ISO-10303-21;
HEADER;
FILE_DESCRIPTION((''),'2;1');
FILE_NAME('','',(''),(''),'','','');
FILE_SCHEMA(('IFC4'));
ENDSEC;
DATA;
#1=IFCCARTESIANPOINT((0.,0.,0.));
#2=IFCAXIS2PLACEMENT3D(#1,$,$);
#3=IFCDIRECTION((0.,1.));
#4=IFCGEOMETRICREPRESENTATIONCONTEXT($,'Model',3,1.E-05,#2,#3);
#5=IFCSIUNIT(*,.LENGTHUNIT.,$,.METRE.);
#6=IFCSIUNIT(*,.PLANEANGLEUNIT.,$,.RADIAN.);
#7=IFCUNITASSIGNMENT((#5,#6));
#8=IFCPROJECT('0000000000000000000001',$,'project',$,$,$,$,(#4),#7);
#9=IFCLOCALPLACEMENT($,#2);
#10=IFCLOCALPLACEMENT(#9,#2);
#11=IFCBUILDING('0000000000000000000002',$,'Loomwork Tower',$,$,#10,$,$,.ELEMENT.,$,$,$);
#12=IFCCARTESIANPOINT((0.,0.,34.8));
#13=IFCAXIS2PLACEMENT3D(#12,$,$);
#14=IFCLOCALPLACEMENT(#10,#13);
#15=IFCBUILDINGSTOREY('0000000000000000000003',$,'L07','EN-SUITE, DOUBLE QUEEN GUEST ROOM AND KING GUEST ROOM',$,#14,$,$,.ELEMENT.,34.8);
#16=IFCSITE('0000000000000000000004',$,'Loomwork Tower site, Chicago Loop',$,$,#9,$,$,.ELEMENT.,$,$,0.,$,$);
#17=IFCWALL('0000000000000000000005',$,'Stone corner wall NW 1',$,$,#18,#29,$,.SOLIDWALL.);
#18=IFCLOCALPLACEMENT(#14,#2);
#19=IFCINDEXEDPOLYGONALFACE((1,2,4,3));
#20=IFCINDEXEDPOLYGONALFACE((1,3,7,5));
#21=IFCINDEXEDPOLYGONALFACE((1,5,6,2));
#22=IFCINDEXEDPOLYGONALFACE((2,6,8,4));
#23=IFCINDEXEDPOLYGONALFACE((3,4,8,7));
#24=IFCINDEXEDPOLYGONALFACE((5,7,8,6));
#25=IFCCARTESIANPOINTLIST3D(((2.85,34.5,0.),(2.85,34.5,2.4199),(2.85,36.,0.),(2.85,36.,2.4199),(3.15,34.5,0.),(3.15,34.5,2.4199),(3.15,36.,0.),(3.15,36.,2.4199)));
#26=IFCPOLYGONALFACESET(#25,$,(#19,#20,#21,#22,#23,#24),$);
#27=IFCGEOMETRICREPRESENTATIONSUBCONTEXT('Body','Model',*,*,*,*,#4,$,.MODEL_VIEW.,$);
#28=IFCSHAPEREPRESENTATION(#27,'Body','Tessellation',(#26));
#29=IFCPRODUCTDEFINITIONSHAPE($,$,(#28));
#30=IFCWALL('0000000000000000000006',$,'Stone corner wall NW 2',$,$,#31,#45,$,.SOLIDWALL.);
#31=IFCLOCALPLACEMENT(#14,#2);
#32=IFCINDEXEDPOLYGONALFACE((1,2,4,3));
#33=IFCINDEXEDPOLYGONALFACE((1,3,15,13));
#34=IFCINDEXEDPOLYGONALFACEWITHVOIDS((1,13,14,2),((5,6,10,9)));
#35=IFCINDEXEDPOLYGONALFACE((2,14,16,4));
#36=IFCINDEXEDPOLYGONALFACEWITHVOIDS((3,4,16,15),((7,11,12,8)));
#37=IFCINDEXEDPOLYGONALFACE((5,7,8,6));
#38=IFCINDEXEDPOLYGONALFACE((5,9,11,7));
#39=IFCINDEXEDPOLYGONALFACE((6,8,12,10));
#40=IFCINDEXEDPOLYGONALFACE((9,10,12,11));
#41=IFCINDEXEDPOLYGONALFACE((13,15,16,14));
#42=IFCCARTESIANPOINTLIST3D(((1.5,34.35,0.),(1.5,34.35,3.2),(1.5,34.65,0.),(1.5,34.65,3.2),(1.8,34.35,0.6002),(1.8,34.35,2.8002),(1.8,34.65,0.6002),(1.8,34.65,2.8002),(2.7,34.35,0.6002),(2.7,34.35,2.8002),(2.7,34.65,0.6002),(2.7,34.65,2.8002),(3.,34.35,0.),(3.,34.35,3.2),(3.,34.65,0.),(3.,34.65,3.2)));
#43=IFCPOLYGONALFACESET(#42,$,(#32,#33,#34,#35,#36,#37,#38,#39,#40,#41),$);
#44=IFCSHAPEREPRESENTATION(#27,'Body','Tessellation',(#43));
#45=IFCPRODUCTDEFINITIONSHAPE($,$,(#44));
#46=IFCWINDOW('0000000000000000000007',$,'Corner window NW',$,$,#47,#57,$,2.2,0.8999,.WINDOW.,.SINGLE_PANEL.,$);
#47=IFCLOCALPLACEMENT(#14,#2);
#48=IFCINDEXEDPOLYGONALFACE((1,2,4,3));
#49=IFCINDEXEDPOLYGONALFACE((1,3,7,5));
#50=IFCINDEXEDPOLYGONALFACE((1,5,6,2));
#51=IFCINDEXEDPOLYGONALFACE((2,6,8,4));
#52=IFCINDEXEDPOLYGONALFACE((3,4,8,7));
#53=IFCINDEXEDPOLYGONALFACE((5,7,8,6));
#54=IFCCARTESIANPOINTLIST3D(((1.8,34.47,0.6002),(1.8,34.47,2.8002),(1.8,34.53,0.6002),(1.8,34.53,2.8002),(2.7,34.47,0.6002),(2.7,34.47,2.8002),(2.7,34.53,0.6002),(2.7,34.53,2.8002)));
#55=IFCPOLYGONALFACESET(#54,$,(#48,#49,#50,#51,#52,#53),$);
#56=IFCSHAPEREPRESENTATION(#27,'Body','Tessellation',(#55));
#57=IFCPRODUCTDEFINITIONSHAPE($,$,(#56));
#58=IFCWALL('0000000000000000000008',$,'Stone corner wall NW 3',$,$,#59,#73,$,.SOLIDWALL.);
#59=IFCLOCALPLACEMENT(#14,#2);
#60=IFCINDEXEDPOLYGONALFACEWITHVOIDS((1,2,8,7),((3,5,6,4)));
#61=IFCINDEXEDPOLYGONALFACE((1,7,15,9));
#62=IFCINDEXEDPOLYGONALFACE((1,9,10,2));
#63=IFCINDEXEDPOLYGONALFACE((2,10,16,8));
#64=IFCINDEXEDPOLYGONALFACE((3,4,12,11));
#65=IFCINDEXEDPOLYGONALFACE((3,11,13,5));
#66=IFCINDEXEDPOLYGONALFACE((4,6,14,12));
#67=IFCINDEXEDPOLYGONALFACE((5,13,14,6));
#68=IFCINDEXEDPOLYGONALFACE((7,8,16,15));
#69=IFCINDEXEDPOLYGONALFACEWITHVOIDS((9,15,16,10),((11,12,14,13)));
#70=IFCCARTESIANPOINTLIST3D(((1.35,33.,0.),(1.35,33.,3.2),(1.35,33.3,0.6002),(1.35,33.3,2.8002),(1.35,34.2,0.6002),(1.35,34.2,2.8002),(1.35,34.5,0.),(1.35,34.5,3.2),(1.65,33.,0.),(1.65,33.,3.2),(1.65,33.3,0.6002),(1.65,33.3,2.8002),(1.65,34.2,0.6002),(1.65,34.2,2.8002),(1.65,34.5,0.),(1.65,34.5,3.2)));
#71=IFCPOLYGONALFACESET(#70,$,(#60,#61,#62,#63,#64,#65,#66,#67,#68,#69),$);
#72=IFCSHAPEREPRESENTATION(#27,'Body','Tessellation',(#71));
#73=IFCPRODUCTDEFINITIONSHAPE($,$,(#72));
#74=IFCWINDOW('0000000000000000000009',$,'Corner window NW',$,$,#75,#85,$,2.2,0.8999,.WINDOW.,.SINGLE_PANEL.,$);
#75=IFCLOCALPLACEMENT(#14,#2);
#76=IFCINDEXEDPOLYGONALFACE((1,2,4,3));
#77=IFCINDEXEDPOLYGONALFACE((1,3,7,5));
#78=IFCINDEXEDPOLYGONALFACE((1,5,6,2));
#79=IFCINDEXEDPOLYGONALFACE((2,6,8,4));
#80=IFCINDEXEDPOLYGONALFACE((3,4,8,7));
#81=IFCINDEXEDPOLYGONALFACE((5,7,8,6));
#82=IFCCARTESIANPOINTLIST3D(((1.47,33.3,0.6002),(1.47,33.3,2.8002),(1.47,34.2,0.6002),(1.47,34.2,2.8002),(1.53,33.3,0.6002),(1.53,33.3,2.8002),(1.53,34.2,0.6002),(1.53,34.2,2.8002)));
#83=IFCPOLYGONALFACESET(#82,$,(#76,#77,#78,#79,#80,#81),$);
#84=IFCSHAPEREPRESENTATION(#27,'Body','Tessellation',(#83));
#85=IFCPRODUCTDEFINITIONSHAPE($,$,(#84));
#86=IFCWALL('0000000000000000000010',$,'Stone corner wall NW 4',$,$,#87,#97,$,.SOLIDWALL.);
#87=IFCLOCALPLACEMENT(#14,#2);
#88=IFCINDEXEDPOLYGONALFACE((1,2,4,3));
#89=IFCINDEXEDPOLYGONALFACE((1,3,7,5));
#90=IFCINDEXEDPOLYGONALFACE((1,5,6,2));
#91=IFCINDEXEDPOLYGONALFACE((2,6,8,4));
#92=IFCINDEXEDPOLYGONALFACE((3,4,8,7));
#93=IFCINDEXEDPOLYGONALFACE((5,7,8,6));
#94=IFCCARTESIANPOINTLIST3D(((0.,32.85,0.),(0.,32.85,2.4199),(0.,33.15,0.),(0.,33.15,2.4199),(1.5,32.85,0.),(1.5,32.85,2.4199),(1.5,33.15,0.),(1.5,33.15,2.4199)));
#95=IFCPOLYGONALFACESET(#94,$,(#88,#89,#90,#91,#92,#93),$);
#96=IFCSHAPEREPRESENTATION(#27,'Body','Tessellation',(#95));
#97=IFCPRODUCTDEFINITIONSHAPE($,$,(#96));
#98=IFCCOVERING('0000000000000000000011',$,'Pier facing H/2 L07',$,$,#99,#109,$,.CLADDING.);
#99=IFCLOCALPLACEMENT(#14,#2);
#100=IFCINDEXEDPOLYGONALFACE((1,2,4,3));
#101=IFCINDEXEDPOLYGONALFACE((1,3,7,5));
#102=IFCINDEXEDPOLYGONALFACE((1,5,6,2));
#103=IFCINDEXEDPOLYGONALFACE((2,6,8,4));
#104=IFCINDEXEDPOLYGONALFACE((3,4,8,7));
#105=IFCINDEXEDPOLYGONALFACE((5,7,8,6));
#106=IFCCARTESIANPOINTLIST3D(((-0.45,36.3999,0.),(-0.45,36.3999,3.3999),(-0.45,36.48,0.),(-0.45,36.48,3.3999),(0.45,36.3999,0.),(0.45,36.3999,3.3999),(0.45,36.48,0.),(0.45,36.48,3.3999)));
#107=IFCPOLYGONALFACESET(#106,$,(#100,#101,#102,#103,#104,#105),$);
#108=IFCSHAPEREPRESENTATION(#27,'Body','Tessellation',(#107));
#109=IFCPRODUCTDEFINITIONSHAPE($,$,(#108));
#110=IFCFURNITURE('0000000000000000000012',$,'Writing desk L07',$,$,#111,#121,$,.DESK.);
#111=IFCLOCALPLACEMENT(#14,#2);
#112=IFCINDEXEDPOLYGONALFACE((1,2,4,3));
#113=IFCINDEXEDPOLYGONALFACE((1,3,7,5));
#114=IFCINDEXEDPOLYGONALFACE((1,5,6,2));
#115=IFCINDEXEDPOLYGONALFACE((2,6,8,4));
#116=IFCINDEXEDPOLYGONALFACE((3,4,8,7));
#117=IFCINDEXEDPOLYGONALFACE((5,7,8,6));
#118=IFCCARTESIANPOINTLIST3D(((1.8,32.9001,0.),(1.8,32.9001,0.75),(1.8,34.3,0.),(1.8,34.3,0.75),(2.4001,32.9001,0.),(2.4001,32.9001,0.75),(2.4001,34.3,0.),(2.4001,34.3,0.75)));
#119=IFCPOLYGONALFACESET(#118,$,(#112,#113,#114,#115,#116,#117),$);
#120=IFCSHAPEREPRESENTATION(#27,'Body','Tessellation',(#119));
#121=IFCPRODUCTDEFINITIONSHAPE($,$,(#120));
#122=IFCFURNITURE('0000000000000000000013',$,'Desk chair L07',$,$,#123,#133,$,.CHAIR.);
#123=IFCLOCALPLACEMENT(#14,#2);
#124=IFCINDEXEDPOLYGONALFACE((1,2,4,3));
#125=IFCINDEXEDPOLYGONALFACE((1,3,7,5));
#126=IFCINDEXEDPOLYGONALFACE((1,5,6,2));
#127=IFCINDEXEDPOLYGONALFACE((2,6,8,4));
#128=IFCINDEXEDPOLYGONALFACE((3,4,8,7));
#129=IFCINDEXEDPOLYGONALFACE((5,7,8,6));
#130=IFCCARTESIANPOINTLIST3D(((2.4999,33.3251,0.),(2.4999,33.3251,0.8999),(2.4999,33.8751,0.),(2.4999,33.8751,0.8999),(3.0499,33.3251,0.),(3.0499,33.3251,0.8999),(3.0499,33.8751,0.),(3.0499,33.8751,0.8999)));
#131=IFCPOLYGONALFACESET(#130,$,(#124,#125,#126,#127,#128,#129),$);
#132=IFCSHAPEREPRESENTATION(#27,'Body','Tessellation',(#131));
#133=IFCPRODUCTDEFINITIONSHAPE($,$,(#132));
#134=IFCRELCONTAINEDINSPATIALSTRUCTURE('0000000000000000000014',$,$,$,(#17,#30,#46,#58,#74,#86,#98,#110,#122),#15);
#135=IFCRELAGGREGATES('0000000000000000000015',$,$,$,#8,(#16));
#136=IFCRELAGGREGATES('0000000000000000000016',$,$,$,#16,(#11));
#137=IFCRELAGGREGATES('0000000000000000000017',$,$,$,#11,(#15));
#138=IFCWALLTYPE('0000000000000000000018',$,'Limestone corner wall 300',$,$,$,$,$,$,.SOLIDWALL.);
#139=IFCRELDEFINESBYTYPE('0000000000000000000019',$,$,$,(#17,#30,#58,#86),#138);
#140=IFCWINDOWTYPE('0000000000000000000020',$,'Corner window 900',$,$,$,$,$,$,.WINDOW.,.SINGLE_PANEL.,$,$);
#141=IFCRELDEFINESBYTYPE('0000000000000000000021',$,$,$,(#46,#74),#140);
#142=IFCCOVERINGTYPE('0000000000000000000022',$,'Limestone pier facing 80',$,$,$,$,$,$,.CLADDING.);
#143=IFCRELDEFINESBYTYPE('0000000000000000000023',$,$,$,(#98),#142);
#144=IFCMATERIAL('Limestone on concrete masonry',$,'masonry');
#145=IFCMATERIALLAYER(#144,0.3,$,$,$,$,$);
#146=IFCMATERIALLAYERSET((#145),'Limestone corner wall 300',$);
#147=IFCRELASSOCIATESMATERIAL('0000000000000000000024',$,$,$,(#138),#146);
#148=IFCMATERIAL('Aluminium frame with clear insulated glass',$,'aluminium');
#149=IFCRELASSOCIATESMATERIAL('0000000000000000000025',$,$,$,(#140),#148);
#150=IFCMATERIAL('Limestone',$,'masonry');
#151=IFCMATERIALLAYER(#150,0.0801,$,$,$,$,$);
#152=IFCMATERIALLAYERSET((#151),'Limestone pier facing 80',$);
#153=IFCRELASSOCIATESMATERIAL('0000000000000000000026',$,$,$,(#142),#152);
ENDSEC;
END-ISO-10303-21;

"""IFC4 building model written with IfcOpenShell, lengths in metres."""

from ifc_helpers import new_model, si_unit, direction, frame, frame_2d, origin, origin_2d, place, context, subcontext, project, spatial, rectangle, extrude, material, layer, layer_set, type_object, element, fill, save


model = new_model("IFC4")

# Units and contexts
model_context = context("Model", 3, precision=1e-05, world=origin(), true_north=direction((0.0, 1.0)))
body_context = subcontext(model_context, "Body", "Model", "MODEL_VIEW")
ifc_project = project(units=[si_unit("LENGTHUNIT", "METRE"), si_unit("PLANEANGLEUNIT", "RADIAN")], contexts=[model_context])

# Site, building, storey
site_placement = place(None, origin())
site = spatial("IfcSite", under=ifc_project, at=site_placement, Name="Loomwork Tower site, Chicago Loop", CompositionType="ELEMENT", RefElevation=0.0)
building_placement = place(site_placement, origin())
building = spatial("IfcBuilding", under=site, at=building_placement, Name="Loomwork Tower", CompositionType="ELEMENT")
storey_placement = place(building_placement, frame((0.0, 0.0, 34.8)))
storey = spatial("IfcBuildingStorey", under=building, at=storey_placement, Name="L07", Description="EN-SUITE, DOUBLE QUEEN GUEST ROOM AND KING GUEST ROOM", CompositionType="ELEMENT", Elevation=34.8)

# Wall
ifc_material_1 = material(Name="Limestone on concrete masonry", Category="masonry")
ifc_layer_1 = layer(ifc_material_1, 0.3)
ifc_layer_set_1 = layer_set([ifc_layer_1], Name="Limestone corner wall 300")
wall_type_1 = type_object("IfcWallType", Name="Limestone corner wall 300", PredefinedType="SOLIDWALL", material=ifc_layer_set_1)
wall_1_placement = place(storey_placement, frame((3.0, 36.0, 0.0), z_axis=(0.0, 0.0, 1.0), x_axis=(0.0, -1.0, 0.0)))
element("IfcWall", 1, at=wall_1_placement, inside=storey, type_object=wall_type_1, Name="Stone corner wall NW 1", PredefinedType="SOLIDWALL", context=body_context, shape_type="SweptSolid", body=[
    extrude(rectangle(XDim=1.5, YDim=0.3, at=frame_2d((0.75, 0.0))), origin(), (0.0, 0.0, 1.0), 2.4199),
])

# Walls, openings, windows
wall_2_placement = place(storey_placement, frame((3.0, 34.5, 0.0), z_axis=(0.0, 0.0, 1.0), x_axis=(-1.0, 0.0, 0.0)))
wall_2 = element("IfcWall", 2, at=wall_2_placement, inside=storey, type_object=wall_type_1, Name="Stone corner wall NW 2", PredefinedType="SOLIDWALL", context=body_context, shape_type="SweptSolid", body=[
    extrude(rectangle(XDim=1.5, YDim=0.3, at=frame_2d((0.75, 0.0))), origin(), (0.0, 0.0, 1.0), 3.2),
])
opening_1_placement = place(wall_2_placement, frame((0.3, 0.0, 0.6001)))
opening_1 = element("IfcOpeningElement", 3, at=opening_1_placement, cuts=wall_2, PredefinedType="OPENING", context=body_context, shape_type="SweptSolid", body=[
    extrude(rectangle(XDim=0.8999, YDim=2.2, at=frame_2d((0.45, 1.1001))), frame((0.0, 0.1599, 0.0), z_axis=(0.0, -1.0, 0.0), x_axis=(1.0, 0.0, 0.0)), (0.0, 0.0, 1.0), 0.3201),
])
ifc_material_2 = material(Name="Aluminium frame with clear insulated glass", Category="aluminium")
window_type_1 = type_object("IfcWindowType", Name="Corner window 900", PartitioningType="SINGLE_PANEL", PredefinedType="WINDOW", material=ifc_material_2)
window_1_placement = place(opening_1_placement, origin())
window_1 = element("IfcWindow", 4, at=window_1_placement, inside=storey, type_object=window_type_1, Name="Corner window NW", OverallHeight=2.2, OverallWidth=0.8999, PartitioningType="SINGLE_PANEL", PredefinedType="WINDOW", context=body_context, shape_type="SweptSolid", body=[
    extrude(rectangle(XDim=0.8999, YDim=2.2, at=frame_2d((0.45, 1.1001))), frame((0.0, 0.03, 0.0), z_axis=(0.0, -1.0, 0.0), x_axis=(1.0, 0.0, 0.0)), (0.0, 0.0, 1.0), 0.0601),
])
fill(opening_1, window_1)
wall_3_placement = place(storey_placement, frame((1.5, 34.5, 0.0), z_axis=(0.0, 0.0, 1.0), x_axis=(0.0, -1.0, 0.0)))
wall_3 = element("IfcWall", 5, at=wall_3_placement, inside=storey, type_object=wall_type_1, Name="Stone corner wall NW 3", PredefinedType="SOLIDWALL", context=body_context, shape_type="SweptSolid", body=[
    extrude(rectangle(XDim=1.5, YDim=0.3, at=frame_2d((0.75, 0.0))), origin(), (0.0, 0.0, 1.0), 3.2),
])
opening_2_placement = place(wall_3_placement, frame((0.3, 0.0, 0.6001)))
opening_2 = element("IfcOpeningElement", 6, at=opening_2_placement, cuts=wall_3, PredefinedType="OPENING", context=body_context, shape_type="SweptSolid", body=[
    extrude(rectangle(XDim=0.8999, YDim=2.2, at=frame_2d((0.45, 1.1001))), frame((0.0, 0.1599, 0.0), z_axis=(0.0, -1.0, 0.0), x_axis=(1.0, 0.0, 0.0)), (0.0, 0.0, 1.0), 0.3201),
])
window_2_placement = place(opening_2_placement, origin())
window_2 = element("IfcWindow", 7, at=window_2_placement, inside=storey, type_object=window_type_1, Name="Corner window NW", OverallHeight=2.2, OverallWidth=0.8999, PartitioningType="SINGLE_PANEL", PredefinedType="WINDOW", context=body_context, shape_type="SweptSolid", body=[
    extrude(rectangle(XDim=0.8999, YDim=2.2, at=frame_2d((0.45, 1.1001))), frame((0.0, 0.03, 0.0), z_axis=(0.0, -1.0, 0.0), x_axis=(1.0, 0.0, 0.0)), (0.0, 0.0, 1.0), 0.0601),
])
fill(opening_2, window_2)

# Wall
wall_4_placement = place(storey_placement, frame((1.5, 33.0, 0.0), z_axis=(0.0, 0.0, 1.0), x_axis=(-1.0, 0.0, 0.0)))
element("IfcWall", 8, at=wall_4_placement, inside=storey, type_object=wall_type_1, Name="Stone corner wall NW 4", PredefinedType="SOLIDWALL", context=body_context, shape_type="SweptSolid", body=[
    extrude(rectangle(XDim=1.5, YDim=0.3, at=frame_2d((0.75, 0.0))), origin(), (0.0, 0.0, 1.0), 2.4199),
])

# Covering
ifc_material_3 = material(Name="Limestone", Category="masonry")
ifc_layer_2 = layer(ifc_material_3, 0.0801)
ifc_layer_set_2 = layer_set([ifc_layer_2], Name="Limestone pier facing 80")
covering_type = type_object("IfcCoveringType", Name="Limestone pier facing 80", PredefinedType="CLADDING", material=ifc_layer_set_2)
covering_placement = place(storey_placement, frame((0.0, 36.4399, 0.0), z_axis=(0.0, 0.0, 1.0), x_axis=(1.0, 0.0, 0.0)))
element("IfcCovering", 9, at=covering_placement, inside=storey, type_object=covering_type, Name="Pier facing H/2 L07", PredefinedType="CLADDING", context=body_context, shape_type="SweptSolid", body=[
    extrude(rectangle(XDim=0.8999, YDim=0.0801, at=origin_2d()), origin(), (0.0, 0.0, 1.0), 3.3999),
])

# Furniture
furniture_1_placement = place(storey_placement, frame((2.1001, 33.6001, 0.0), z_axis=(0.0, 0.0, 1.0), x_axis=(1.0, 0.0, 0.0)))
element("IfcFurniture", 10, at=furniture_1_placement, inside=storey, Name="Writing desk L07", PredefinedType="DESK", context=body_context, shape_type="SweptSolid", body=[
    extrude(rectangle(XDim=0.6001, YDim=1.3999, at=origin_2d()), origin(), (0.0, 0.0, 1.0), 0.75),
])
furniture_2_placement = place(storey_placement, frame((2.7749, 33.6001, 0.0), z_axis=(0.0, 0.0, 1.0), x_axis=(1.0, 0.0, 0.0)))
element("IfcFurniture", 11, at=furniture_2_placement, inside=storey, Name="Desk chair L07", PredefinedType="CHAIR", context=body_context, shape_type="SweptSolid", body=[
    extrude(rectangle(XDim=0.55, YDim=0.55, at=origin_2d()), origin(), (0.0, 0.0, 1.0), 0.8999),
])

save(model, "model.ifc")
